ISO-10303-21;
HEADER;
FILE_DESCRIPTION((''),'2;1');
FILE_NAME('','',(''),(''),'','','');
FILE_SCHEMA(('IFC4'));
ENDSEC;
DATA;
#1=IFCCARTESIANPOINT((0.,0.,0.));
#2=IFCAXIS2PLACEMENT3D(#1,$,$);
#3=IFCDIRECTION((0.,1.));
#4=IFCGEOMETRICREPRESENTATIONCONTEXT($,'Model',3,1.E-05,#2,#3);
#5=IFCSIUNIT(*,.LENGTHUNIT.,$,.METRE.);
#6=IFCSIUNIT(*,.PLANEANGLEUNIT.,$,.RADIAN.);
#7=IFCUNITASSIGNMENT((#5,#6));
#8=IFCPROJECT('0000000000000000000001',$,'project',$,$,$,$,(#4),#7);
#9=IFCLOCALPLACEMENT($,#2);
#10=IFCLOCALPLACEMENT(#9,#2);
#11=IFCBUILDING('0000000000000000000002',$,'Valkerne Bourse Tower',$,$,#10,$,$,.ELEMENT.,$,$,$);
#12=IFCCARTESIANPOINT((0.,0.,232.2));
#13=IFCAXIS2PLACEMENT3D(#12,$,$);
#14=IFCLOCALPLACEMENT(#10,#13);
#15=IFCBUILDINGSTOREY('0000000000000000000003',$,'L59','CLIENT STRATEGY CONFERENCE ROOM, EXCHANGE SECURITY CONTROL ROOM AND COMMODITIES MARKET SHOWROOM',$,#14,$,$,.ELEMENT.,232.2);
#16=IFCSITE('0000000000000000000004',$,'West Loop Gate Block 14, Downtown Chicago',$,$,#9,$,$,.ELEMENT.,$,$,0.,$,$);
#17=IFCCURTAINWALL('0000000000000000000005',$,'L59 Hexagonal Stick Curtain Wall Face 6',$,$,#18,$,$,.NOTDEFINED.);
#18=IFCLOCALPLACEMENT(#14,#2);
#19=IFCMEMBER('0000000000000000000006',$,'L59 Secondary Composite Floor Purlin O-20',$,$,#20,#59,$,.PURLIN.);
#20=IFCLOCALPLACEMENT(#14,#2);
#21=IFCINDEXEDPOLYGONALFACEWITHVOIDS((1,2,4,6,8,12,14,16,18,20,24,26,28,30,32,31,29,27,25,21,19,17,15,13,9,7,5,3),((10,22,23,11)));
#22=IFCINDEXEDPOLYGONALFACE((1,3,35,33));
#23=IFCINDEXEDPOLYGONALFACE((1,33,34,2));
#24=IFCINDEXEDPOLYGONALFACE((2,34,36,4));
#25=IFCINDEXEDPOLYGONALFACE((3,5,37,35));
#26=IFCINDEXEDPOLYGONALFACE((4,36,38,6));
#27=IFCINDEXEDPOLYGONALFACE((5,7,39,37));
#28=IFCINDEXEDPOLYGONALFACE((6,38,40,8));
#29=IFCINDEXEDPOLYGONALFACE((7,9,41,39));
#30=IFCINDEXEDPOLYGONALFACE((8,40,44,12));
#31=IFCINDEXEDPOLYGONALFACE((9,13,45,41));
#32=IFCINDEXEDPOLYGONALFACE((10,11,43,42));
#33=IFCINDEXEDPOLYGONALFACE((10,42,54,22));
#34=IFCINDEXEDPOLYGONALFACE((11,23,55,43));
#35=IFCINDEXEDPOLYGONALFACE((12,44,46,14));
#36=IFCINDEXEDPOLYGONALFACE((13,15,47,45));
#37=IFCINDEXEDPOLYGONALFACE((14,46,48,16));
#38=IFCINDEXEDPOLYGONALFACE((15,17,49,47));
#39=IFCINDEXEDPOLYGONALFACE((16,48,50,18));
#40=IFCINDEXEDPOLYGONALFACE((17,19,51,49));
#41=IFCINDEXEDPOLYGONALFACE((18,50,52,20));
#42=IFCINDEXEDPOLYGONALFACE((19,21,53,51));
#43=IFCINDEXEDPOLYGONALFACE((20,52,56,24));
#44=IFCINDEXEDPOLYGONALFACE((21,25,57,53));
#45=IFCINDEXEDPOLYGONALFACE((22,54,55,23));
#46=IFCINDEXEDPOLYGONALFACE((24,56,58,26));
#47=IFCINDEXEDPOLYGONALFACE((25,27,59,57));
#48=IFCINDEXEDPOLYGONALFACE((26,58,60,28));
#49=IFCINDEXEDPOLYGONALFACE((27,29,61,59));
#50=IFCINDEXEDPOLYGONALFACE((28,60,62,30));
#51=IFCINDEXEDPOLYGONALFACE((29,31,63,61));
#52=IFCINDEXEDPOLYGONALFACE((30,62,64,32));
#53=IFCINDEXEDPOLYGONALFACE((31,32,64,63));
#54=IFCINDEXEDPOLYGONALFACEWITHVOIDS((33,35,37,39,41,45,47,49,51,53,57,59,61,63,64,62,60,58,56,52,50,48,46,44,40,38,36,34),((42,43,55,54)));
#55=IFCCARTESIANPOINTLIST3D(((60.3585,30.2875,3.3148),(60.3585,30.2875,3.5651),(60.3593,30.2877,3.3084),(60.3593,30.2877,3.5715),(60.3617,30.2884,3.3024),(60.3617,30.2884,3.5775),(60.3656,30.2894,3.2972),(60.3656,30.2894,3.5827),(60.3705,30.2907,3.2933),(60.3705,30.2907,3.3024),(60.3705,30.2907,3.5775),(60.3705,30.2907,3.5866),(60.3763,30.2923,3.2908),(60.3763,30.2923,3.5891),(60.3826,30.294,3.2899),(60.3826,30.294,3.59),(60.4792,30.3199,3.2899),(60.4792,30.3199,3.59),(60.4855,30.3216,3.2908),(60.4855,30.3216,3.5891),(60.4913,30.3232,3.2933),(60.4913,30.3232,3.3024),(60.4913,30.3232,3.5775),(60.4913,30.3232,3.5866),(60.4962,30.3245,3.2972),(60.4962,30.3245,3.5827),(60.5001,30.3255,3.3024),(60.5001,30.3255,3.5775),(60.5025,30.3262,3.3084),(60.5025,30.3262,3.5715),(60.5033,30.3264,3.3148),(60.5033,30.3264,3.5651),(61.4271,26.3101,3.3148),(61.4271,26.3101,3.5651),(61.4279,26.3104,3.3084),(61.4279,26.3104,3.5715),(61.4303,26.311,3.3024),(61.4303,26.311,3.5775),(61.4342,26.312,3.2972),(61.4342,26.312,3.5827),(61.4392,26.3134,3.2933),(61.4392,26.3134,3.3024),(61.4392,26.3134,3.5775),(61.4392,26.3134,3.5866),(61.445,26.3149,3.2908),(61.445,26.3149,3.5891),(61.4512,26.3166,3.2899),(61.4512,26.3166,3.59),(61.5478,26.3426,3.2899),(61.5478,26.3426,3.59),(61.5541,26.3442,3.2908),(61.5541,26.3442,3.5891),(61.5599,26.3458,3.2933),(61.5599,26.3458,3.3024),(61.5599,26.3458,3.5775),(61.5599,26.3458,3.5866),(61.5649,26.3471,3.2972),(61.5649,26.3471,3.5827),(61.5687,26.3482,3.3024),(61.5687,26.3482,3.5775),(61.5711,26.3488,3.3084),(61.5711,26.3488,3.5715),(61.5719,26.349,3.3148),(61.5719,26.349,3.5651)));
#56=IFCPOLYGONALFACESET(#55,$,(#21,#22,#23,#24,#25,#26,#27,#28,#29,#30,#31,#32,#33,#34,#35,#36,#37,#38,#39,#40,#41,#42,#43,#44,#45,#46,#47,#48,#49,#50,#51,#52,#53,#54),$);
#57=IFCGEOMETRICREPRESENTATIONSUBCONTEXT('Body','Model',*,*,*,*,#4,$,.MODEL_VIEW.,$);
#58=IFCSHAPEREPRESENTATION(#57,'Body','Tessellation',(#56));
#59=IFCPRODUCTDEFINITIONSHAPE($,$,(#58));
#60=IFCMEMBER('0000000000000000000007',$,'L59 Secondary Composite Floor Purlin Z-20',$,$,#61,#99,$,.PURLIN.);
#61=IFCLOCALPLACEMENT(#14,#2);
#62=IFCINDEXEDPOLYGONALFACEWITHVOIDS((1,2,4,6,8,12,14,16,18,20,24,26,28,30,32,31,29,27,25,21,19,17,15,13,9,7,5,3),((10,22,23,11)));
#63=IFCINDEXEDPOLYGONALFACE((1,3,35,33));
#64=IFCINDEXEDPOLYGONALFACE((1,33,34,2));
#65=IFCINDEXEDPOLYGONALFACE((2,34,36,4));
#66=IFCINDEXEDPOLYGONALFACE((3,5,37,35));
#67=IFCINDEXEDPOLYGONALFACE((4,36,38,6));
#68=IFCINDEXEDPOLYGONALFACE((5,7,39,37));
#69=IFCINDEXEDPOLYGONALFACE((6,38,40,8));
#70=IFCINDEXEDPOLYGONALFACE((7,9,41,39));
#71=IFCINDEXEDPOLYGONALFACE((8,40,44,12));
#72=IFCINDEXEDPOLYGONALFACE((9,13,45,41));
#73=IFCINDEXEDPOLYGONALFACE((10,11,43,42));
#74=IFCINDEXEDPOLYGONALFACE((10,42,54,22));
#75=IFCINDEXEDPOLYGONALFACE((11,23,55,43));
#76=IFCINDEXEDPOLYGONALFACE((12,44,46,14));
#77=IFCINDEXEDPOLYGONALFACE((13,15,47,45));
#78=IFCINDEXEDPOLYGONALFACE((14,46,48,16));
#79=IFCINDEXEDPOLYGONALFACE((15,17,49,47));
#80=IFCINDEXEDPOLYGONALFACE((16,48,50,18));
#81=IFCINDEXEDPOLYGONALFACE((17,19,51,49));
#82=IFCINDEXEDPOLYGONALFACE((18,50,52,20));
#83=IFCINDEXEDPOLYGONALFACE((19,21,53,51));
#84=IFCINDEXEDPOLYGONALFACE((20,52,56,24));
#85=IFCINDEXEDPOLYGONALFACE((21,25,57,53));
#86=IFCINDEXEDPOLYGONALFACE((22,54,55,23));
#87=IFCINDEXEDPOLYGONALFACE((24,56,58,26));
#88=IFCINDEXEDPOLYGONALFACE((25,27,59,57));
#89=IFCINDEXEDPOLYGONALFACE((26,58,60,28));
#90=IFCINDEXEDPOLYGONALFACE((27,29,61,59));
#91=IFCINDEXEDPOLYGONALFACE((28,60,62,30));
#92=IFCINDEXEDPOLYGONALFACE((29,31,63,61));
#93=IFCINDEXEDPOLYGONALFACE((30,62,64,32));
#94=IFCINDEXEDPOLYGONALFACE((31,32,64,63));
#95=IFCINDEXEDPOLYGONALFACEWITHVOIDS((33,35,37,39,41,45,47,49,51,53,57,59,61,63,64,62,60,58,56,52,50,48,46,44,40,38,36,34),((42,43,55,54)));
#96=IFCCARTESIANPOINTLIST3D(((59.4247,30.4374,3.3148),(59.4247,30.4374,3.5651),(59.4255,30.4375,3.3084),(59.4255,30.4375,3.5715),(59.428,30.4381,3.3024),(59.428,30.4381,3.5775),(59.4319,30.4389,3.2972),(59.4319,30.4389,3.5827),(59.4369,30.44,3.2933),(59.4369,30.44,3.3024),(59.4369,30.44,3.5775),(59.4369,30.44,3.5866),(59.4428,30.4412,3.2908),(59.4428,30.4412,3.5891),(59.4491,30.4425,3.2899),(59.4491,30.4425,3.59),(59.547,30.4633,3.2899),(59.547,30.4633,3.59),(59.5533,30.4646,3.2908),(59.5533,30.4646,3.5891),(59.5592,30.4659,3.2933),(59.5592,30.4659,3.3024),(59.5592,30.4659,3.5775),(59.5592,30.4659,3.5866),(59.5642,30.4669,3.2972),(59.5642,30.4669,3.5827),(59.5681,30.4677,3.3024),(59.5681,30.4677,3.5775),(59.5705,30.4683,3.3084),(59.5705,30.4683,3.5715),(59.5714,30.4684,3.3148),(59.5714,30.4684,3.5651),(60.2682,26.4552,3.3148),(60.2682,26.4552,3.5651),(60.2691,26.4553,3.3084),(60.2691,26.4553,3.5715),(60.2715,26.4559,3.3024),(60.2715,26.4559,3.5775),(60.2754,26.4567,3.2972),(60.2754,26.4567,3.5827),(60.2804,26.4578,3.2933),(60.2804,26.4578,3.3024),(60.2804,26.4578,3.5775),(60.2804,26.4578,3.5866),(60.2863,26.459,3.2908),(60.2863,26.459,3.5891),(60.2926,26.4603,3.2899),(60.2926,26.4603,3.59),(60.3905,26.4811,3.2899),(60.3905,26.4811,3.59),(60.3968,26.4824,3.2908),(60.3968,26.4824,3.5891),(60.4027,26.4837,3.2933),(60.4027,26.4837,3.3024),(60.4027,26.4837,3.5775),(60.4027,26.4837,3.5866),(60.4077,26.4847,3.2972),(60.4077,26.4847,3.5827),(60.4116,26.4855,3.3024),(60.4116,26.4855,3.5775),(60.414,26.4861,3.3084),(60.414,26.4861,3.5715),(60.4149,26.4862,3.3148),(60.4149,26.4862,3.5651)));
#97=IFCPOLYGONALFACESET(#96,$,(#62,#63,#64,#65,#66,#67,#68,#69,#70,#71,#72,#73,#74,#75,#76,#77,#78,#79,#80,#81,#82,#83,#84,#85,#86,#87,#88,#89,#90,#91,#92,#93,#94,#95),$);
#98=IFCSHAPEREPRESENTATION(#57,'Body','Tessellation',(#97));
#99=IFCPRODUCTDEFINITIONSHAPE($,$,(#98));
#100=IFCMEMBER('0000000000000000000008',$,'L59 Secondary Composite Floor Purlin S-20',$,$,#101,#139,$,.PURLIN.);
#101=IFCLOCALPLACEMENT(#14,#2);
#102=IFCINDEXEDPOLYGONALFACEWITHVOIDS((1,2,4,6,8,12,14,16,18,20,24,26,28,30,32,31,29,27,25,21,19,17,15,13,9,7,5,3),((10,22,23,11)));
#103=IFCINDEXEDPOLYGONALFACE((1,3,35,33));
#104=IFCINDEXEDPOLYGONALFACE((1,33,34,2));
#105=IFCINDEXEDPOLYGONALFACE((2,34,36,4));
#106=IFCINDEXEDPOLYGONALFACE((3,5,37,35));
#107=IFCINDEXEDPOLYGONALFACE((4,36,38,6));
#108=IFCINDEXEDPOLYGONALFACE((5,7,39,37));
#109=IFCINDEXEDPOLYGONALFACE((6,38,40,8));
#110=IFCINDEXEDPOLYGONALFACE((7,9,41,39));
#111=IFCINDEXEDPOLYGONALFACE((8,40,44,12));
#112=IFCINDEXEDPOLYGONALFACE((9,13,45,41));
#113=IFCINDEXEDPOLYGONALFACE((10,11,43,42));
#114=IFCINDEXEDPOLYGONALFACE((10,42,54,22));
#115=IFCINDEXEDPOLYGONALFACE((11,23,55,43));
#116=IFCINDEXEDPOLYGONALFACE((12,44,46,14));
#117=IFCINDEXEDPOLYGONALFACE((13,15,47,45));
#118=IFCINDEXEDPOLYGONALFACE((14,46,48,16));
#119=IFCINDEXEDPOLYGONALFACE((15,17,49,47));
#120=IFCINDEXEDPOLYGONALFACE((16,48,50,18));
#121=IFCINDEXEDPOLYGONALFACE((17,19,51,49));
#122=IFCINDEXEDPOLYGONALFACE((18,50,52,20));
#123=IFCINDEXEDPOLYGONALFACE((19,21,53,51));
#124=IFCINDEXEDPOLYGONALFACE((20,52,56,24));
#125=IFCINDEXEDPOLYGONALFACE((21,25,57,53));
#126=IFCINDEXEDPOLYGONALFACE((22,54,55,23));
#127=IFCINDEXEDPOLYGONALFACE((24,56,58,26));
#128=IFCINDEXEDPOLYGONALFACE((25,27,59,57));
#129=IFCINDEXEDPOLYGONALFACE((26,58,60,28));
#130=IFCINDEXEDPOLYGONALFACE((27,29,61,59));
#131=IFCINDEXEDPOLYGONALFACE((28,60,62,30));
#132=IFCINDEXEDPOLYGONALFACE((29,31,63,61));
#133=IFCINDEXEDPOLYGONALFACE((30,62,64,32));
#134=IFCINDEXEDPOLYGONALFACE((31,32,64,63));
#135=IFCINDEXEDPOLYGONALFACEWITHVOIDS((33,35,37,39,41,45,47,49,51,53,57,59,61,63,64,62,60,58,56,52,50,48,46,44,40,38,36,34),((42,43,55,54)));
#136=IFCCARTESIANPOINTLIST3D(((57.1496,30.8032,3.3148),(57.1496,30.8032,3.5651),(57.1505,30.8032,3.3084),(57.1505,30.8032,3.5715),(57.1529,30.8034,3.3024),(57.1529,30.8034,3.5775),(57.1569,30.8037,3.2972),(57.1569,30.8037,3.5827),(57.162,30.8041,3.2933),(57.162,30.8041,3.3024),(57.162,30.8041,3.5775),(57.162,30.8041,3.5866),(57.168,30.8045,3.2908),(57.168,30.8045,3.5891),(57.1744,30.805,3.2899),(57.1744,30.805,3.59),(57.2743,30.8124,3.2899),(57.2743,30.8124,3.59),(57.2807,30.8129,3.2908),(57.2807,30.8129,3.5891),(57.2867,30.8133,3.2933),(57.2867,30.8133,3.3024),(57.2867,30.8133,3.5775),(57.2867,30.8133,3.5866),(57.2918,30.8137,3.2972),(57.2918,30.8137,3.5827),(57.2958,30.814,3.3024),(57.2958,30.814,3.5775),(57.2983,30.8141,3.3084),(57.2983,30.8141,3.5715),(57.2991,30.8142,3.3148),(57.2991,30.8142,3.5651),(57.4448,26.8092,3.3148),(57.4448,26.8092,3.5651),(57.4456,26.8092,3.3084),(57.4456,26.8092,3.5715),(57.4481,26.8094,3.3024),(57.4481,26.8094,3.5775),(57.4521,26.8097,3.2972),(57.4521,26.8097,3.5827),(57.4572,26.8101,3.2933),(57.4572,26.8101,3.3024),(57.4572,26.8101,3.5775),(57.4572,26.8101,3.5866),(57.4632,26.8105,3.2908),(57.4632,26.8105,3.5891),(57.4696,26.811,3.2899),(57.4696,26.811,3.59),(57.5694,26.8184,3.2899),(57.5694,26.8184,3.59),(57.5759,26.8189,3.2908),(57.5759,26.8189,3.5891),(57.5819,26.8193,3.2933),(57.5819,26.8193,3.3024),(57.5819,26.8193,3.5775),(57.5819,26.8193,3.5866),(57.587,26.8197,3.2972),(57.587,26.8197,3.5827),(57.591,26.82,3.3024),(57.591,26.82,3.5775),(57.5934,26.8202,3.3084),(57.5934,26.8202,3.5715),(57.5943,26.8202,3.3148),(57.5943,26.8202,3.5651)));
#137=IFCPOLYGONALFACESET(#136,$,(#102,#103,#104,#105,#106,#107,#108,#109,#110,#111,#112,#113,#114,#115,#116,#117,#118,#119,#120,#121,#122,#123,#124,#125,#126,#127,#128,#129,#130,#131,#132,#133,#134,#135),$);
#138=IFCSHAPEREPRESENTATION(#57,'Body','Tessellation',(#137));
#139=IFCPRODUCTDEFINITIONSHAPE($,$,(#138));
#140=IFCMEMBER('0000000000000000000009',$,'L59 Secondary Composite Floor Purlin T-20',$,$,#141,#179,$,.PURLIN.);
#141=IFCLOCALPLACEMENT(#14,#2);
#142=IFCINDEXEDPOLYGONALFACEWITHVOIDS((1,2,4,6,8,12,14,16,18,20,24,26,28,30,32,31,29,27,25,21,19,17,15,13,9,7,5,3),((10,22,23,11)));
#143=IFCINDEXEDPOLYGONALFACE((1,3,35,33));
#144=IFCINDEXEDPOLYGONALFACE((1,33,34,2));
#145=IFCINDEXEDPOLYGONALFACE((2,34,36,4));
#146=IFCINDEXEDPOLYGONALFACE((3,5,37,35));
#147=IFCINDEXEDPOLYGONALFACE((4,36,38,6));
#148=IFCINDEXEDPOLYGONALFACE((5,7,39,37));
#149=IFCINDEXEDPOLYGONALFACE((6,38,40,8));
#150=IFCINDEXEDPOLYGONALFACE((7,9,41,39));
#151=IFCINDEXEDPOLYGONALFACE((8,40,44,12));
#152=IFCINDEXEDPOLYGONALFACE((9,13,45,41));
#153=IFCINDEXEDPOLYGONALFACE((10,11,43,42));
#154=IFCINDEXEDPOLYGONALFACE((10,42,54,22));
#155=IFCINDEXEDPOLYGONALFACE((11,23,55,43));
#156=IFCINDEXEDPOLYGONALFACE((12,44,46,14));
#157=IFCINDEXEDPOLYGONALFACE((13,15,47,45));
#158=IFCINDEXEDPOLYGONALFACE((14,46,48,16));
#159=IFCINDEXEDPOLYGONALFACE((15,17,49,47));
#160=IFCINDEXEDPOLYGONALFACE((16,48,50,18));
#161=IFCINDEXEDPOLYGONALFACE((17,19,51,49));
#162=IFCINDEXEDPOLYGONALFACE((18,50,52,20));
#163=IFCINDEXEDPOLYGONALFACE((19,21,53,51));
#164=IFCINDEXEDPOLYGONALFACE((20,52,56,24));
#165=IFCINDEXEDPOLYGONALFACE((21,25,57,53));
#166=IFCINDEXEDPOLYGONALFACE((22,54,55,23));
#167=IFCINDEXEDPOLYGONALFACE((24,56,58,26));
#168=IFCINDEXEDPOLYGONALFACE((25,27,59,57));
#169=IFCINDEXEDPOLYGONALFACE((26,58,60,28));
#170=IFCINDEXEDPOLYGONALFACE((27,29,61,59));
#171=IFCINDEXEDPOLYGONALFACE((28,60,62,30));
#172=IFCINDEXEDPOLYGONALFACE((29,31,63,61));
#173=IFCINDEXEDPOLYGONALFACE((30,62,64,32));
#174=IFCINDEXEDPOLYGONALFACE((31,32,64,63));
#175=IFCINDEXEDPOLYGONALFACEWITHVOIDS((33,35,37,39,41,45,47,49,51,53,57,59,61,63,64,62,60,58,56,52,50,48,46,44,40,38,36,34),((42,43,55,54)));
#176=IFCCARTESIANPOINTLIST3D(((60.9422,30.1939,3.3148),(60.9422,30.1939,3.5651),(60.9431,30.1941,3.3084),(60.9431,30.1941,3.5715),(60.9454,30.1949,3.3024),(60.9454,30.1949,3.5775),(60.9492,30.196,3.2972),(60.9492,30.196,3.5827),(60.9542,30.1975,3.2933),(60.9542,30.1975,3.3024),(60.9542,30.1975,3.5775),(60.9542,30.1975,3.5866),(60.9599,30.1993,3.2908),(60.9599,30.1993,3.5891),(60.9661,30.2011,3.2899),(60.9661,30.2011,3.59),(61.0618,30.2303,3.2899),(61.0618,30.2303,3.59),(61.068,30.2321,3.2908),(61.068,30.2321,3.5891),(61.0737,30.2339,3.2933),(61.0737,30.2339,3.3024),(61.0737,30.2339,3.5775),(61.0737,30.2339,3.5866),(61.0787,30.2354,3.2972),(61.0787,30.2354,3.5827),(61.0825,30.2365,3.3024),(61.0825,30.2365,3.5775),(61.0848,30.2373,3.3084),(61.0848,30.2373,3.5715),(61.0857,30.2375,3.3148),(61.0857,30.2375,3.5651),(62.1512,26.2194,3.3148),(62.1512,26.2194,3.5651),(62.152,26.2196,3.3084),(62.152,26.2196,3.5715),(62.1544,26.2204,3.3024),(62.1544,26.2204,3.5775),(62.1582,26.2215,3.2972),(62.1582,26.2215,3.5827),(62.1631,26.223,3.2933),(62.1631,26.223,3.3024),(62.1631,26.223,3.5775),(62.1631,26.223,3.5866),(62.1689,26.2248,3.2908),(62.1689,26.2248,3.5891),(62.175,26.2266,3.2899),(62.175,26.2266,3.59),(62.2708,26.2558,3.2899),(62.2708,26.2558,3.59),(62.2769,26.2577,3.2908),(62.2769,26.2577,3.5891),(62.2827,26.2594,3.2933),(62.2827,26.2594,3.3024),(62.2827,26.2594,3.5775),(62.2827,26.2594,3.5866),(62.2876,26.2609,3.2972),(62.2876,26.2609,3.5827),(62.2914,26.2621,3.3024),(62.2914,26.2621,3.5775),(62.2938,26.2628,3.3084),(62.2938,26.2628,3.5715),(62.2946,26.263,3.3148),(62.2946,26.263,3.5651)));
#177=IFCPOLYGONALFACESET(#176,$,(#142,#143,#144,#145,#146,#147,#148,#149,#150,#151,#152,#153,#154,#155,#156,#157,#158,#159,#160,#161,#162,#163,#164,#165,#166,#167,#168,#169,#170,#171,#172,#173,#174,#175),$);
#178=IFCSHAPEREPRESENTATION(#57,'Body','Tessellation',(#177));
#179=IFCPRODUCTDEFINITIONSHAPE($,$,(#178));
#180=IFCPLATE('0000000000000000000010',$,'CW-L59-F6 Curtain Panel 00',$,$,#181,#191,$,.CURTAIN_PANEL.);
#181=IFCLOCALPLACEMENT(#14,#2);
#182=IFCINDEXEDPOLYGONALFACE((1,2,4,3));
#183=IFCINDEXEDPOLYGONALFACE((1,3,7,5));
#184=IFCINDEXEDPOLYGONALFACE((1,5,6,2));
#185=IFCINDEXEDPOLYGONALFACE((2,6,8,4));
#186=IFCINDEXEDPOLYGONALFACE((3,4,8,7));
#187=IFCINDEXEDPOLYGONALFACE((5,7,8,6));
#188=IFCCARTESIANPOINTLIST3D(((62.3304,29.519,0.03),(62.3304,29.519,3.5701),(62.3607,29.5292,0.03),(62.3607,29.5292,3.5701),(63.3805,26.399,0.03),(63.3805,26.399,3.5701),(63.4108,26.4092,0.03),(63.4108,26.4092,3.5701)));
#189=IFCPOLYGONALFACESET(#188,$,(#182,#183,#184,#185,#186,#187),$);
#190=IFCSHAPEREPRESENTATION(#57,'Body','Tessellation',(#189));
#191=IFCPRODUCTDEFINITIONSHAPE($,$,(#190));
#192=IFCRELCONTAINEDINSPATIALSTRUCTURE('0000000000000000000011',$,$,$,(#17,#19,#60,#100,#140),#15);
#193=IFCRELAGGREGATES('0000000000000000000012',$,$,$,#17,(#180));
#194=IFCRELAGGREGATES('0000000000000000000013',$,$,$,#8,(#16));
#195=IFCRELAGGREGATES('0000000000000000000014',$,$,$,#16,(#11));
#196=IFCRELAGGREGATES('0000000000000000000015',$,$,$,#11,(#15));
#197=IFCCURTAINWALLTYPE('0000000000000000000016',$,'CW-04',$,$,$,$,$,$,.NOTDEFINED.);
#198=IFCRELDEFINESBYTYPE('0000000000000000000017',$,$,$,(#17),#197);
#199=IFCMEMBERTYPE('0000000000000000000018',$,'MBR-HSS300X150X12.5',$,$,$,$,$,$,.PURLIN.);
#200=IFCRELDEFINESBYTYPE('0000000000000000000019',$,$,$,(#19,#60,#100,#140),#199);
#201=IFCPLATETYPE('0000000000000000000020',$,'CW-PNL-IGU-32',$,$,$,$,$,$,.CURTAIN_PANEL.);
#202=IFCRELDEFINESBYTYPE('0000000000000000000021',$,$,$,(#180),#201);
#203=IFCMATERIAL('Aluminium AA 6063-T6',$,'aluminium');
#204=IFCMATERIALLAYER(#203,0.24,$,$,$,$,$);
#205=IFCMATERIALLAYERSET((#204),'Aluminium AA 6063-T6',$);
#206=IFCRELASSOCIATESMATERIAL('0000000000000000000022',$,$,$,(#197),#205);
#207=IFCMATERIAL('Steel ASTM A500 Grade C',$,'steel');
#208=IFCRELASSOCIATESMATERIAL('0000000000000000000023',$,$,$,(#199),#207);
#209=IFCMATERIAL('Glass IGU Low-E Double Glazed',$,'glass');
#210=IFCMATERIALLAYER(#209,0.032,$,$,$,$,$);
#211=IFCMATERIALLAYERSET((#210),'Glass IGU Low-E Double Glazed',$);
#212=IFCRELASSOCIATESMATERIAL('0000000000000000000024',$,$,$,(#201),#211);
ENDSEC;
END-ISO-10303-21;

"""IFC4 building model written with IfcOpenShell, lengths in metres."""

from ifc_helpers import new_model, si_unit, direction, frame, origin, origin_2d, place, context, subcontext, project, spatial, rectangle, hollow_rectangle, extrude, material, layer, layer_set, material_profile, profile_set, type_object, element, aggregate, save


model = new_model("IFC4")

# Units and contexts
model_context = context("Model", 3, precision=1e-05, world=origin(), true_north=direction((0.0, 1.0)))
body_context = subcontext(model_context, "Body", "Model", "MODEL_VIEW")
ifc_project = project(units=[si_unit("LENGTHUNIT", "METRE"), si_unit("PLANEANGLEUNIT", "RADIAN")], contexts=[model_context])

# Site, building, storey
site_placement = place(None, origin())
site = spatial("IfcSite", under=ifc_project, at=site_placement, Name="West Loop Gate Block 14, Downtown Chicago", CompositionType="ELEMENT", RefElevation=0.0)
building_placement = place(site_placement, origin())
building = spatial("IfcBuilding", under=site, at=building_placement, Name="Valkerne Bourse Tower", CompositionType="ELEMENT")
storey_placement = place(building_placement, frame((0.0, 0.0, 232.2)))
storey = spatial("IfcBuildingStorey", under=building, at=storey_placement, Name="L59", Description="CLIENT STRATEGY CONFERENCE ROOM, EXCHANGE SECURITY CONTROL ROOM AND COMMODITIES MARKET SHOWROOM", CompositionType="ELEMENT", Elevation=232.2)

# Curtain wall
ifc_material_1 = material(Name="Aluminium AA 6063-T6", Category="aluminium")
ifc_layer_1 = layer(ifc_material_1, 0.24)
ifc_layer_set_1 = layer_set([ifc_layer_1], Name="Aluminium AA 6063-T6")
curtain_wall_type = type_object("IfcCurtainWallType", Name="CW-04", PredefinedType="NOTDEFINED", material=ifc_layer_set_1)
curtain_wall_placement = place(storey_placement, origin())
curtain_wall = element("IfcCurtainWall", 1, at=curtain_wall_placement, inside=storey, type_object=curtain_wall_type, Name="L59 Hexagonal Stick Curtain Wall Face 6", PredefinedType="NOTDEFINED")

# Members
ifc_material_2 = material(Name="Steel ASTM A500 Grade C", Category="steel")
ifc_material_profile_1 = material_profile(ifc_material_2, hollow_rectangle(XDim=0.1499, YDim=0.3, WallThickness=0.0125, OuterFilletRadius=0.0249, at=origin_2d()), Name="HSS300X150X12.5")
ifc_profile_set_1 = profile_set([ifc_material_profile_1], Name="Steel ASTM A500 Grade C")
member_type_1 = type_object("IfcMemberType", Name="MBR-HSS300X150X12.5", PredefinedType="PURLIN", material=ifc_profile_set_1)
member_1_placement = place(storey_placement, frame((61.4995, 26.3296, 3.4399), z_axis=(-0.259474, 0.96575, 0.0), x_axis=(-0.96575, -0.259474, 0.0)))
element("IfcMember", 2, at=member_1_placement, inside=storey, type_object=member_type_1, Name="L59 Secondary Composite Floor Purlin O-20", PredefinedType="PURLIN", context=body_context, shape_type="SweptSolid", body=[
    extrude(hollow_rectangle(XDim=0.1499, YDim=0.3, WallThickness=0.0125, OuterFilletRadius=0.0249, at=origin_2d()), origin(), (0.0, 0.0, 1.0), 4.1184),
])
member_2_placement = place(storey_placement, frame((60.3416, 26.4707, 3.4399), z_axis=(-0.207222, 0.978294, 0.0), x_axis=(-0.978294, -0.207222, 0.0)))
element("IfcMember", 3, at=member_2_placement, inside=storey, type_object=member_type_1, Name="L59 Secondary Composite Floor Purlin Z-20", PredefinedType="PURLIN", context=body_context, shape_type="SweptSolid", body=[
    extrude(hollow_rectangle(XDim=0.1499, YDim=0.3, WallThickness=0.0125, OuterFilletRadius=0.0249, at=origin_2d()), origin(), (0.0, 0.0, 1.0), 4.0706),
])
member_3_placement = place(storey_placement, frame((57.5195, 26.8147, 3.4399), z_axis=(-0.073703, 0.99728, 0.0), x_axis=(-0.99728, -0.073703, 0.0)))
element("IfcMember", 4, at=member_3_placement, inside=storey, type_object=member_type_1, Name="L59 Secondary Composite Floor Purlin S-20", PredefinedType="PURLIN", context=body_context, shape_type="SweptSolid", body=[
    extrude(hollow_rectangle(XDim=0.1499, YDim=0.3, WallThickness=0.0125, OuterFilletRadius=0.0249, at=origin_2d()), origin(), (0.0, 0.0, 1.0), 4.0049),
])
member_4_placement = place(storey_placement, frame((62.2229, 26.2412, 3.4399), z_axis=(-0.291012, 0.956719, 0.0), x_axis=(-0.956719, -0.291012, 0.0)))
element("IfcMember", 5, at=member_4_placement, inside=storey, type_object=member_type_1, Name="L59 Secondary Composite Floor Purlin T-20", PredefinedType="PURLIN", context=body_context, shape_type="SweptSolid", body=[
    extrude(hollow_rectangle(XDim=0.1499, YDim=0.3, WallThickness=0.0125, OuterFilletRadius=0.0249, at=origin_2d()), origin(), (0.0, 0.0, 1.0), 4.1543),
])

# Plate
ifc_material_3 = material(Name="Glass IGU Low-E Double Glazed", Category="glass")
ifc_layer_2 = layer(ifc_material_3, 0.032)
ifc_layer_set_2 = layer_set([ifc_layer_2], Name="Glass IGU Low-E Double Glazed")
plate_type_1 = type_object("IfcPlateType", Name="CW-PNL-IGU-32", PredefinedType="CURTAIN_PANEL", material=ifc_layer_set_2)
plate_1_placement = place(storey_placement, frame((62.8706, 27.9641, 0.03), z_axis=(0.0, 0.0, 1.0), x_axis=(-0.318969, 0.947765, 0.0)))
plate_1 = element("IfcPlate", 6, at=plate_1_placement, type_object=plate_type_1, Name="CW-L59-F6 Curtain Panel 00", PredefinedType="CURTAIN_PANEL", context=body_context, shape_type="SweptSolid", body=[
    extrude(rectangle(XDim=3.292, YDim=0.032, at=origin_2d()), origin(), (0.0, 0.0, 1.0), 3.54),
])
aggregate(curtain_wall, [plate_1])

save(model, "model.ifc")
